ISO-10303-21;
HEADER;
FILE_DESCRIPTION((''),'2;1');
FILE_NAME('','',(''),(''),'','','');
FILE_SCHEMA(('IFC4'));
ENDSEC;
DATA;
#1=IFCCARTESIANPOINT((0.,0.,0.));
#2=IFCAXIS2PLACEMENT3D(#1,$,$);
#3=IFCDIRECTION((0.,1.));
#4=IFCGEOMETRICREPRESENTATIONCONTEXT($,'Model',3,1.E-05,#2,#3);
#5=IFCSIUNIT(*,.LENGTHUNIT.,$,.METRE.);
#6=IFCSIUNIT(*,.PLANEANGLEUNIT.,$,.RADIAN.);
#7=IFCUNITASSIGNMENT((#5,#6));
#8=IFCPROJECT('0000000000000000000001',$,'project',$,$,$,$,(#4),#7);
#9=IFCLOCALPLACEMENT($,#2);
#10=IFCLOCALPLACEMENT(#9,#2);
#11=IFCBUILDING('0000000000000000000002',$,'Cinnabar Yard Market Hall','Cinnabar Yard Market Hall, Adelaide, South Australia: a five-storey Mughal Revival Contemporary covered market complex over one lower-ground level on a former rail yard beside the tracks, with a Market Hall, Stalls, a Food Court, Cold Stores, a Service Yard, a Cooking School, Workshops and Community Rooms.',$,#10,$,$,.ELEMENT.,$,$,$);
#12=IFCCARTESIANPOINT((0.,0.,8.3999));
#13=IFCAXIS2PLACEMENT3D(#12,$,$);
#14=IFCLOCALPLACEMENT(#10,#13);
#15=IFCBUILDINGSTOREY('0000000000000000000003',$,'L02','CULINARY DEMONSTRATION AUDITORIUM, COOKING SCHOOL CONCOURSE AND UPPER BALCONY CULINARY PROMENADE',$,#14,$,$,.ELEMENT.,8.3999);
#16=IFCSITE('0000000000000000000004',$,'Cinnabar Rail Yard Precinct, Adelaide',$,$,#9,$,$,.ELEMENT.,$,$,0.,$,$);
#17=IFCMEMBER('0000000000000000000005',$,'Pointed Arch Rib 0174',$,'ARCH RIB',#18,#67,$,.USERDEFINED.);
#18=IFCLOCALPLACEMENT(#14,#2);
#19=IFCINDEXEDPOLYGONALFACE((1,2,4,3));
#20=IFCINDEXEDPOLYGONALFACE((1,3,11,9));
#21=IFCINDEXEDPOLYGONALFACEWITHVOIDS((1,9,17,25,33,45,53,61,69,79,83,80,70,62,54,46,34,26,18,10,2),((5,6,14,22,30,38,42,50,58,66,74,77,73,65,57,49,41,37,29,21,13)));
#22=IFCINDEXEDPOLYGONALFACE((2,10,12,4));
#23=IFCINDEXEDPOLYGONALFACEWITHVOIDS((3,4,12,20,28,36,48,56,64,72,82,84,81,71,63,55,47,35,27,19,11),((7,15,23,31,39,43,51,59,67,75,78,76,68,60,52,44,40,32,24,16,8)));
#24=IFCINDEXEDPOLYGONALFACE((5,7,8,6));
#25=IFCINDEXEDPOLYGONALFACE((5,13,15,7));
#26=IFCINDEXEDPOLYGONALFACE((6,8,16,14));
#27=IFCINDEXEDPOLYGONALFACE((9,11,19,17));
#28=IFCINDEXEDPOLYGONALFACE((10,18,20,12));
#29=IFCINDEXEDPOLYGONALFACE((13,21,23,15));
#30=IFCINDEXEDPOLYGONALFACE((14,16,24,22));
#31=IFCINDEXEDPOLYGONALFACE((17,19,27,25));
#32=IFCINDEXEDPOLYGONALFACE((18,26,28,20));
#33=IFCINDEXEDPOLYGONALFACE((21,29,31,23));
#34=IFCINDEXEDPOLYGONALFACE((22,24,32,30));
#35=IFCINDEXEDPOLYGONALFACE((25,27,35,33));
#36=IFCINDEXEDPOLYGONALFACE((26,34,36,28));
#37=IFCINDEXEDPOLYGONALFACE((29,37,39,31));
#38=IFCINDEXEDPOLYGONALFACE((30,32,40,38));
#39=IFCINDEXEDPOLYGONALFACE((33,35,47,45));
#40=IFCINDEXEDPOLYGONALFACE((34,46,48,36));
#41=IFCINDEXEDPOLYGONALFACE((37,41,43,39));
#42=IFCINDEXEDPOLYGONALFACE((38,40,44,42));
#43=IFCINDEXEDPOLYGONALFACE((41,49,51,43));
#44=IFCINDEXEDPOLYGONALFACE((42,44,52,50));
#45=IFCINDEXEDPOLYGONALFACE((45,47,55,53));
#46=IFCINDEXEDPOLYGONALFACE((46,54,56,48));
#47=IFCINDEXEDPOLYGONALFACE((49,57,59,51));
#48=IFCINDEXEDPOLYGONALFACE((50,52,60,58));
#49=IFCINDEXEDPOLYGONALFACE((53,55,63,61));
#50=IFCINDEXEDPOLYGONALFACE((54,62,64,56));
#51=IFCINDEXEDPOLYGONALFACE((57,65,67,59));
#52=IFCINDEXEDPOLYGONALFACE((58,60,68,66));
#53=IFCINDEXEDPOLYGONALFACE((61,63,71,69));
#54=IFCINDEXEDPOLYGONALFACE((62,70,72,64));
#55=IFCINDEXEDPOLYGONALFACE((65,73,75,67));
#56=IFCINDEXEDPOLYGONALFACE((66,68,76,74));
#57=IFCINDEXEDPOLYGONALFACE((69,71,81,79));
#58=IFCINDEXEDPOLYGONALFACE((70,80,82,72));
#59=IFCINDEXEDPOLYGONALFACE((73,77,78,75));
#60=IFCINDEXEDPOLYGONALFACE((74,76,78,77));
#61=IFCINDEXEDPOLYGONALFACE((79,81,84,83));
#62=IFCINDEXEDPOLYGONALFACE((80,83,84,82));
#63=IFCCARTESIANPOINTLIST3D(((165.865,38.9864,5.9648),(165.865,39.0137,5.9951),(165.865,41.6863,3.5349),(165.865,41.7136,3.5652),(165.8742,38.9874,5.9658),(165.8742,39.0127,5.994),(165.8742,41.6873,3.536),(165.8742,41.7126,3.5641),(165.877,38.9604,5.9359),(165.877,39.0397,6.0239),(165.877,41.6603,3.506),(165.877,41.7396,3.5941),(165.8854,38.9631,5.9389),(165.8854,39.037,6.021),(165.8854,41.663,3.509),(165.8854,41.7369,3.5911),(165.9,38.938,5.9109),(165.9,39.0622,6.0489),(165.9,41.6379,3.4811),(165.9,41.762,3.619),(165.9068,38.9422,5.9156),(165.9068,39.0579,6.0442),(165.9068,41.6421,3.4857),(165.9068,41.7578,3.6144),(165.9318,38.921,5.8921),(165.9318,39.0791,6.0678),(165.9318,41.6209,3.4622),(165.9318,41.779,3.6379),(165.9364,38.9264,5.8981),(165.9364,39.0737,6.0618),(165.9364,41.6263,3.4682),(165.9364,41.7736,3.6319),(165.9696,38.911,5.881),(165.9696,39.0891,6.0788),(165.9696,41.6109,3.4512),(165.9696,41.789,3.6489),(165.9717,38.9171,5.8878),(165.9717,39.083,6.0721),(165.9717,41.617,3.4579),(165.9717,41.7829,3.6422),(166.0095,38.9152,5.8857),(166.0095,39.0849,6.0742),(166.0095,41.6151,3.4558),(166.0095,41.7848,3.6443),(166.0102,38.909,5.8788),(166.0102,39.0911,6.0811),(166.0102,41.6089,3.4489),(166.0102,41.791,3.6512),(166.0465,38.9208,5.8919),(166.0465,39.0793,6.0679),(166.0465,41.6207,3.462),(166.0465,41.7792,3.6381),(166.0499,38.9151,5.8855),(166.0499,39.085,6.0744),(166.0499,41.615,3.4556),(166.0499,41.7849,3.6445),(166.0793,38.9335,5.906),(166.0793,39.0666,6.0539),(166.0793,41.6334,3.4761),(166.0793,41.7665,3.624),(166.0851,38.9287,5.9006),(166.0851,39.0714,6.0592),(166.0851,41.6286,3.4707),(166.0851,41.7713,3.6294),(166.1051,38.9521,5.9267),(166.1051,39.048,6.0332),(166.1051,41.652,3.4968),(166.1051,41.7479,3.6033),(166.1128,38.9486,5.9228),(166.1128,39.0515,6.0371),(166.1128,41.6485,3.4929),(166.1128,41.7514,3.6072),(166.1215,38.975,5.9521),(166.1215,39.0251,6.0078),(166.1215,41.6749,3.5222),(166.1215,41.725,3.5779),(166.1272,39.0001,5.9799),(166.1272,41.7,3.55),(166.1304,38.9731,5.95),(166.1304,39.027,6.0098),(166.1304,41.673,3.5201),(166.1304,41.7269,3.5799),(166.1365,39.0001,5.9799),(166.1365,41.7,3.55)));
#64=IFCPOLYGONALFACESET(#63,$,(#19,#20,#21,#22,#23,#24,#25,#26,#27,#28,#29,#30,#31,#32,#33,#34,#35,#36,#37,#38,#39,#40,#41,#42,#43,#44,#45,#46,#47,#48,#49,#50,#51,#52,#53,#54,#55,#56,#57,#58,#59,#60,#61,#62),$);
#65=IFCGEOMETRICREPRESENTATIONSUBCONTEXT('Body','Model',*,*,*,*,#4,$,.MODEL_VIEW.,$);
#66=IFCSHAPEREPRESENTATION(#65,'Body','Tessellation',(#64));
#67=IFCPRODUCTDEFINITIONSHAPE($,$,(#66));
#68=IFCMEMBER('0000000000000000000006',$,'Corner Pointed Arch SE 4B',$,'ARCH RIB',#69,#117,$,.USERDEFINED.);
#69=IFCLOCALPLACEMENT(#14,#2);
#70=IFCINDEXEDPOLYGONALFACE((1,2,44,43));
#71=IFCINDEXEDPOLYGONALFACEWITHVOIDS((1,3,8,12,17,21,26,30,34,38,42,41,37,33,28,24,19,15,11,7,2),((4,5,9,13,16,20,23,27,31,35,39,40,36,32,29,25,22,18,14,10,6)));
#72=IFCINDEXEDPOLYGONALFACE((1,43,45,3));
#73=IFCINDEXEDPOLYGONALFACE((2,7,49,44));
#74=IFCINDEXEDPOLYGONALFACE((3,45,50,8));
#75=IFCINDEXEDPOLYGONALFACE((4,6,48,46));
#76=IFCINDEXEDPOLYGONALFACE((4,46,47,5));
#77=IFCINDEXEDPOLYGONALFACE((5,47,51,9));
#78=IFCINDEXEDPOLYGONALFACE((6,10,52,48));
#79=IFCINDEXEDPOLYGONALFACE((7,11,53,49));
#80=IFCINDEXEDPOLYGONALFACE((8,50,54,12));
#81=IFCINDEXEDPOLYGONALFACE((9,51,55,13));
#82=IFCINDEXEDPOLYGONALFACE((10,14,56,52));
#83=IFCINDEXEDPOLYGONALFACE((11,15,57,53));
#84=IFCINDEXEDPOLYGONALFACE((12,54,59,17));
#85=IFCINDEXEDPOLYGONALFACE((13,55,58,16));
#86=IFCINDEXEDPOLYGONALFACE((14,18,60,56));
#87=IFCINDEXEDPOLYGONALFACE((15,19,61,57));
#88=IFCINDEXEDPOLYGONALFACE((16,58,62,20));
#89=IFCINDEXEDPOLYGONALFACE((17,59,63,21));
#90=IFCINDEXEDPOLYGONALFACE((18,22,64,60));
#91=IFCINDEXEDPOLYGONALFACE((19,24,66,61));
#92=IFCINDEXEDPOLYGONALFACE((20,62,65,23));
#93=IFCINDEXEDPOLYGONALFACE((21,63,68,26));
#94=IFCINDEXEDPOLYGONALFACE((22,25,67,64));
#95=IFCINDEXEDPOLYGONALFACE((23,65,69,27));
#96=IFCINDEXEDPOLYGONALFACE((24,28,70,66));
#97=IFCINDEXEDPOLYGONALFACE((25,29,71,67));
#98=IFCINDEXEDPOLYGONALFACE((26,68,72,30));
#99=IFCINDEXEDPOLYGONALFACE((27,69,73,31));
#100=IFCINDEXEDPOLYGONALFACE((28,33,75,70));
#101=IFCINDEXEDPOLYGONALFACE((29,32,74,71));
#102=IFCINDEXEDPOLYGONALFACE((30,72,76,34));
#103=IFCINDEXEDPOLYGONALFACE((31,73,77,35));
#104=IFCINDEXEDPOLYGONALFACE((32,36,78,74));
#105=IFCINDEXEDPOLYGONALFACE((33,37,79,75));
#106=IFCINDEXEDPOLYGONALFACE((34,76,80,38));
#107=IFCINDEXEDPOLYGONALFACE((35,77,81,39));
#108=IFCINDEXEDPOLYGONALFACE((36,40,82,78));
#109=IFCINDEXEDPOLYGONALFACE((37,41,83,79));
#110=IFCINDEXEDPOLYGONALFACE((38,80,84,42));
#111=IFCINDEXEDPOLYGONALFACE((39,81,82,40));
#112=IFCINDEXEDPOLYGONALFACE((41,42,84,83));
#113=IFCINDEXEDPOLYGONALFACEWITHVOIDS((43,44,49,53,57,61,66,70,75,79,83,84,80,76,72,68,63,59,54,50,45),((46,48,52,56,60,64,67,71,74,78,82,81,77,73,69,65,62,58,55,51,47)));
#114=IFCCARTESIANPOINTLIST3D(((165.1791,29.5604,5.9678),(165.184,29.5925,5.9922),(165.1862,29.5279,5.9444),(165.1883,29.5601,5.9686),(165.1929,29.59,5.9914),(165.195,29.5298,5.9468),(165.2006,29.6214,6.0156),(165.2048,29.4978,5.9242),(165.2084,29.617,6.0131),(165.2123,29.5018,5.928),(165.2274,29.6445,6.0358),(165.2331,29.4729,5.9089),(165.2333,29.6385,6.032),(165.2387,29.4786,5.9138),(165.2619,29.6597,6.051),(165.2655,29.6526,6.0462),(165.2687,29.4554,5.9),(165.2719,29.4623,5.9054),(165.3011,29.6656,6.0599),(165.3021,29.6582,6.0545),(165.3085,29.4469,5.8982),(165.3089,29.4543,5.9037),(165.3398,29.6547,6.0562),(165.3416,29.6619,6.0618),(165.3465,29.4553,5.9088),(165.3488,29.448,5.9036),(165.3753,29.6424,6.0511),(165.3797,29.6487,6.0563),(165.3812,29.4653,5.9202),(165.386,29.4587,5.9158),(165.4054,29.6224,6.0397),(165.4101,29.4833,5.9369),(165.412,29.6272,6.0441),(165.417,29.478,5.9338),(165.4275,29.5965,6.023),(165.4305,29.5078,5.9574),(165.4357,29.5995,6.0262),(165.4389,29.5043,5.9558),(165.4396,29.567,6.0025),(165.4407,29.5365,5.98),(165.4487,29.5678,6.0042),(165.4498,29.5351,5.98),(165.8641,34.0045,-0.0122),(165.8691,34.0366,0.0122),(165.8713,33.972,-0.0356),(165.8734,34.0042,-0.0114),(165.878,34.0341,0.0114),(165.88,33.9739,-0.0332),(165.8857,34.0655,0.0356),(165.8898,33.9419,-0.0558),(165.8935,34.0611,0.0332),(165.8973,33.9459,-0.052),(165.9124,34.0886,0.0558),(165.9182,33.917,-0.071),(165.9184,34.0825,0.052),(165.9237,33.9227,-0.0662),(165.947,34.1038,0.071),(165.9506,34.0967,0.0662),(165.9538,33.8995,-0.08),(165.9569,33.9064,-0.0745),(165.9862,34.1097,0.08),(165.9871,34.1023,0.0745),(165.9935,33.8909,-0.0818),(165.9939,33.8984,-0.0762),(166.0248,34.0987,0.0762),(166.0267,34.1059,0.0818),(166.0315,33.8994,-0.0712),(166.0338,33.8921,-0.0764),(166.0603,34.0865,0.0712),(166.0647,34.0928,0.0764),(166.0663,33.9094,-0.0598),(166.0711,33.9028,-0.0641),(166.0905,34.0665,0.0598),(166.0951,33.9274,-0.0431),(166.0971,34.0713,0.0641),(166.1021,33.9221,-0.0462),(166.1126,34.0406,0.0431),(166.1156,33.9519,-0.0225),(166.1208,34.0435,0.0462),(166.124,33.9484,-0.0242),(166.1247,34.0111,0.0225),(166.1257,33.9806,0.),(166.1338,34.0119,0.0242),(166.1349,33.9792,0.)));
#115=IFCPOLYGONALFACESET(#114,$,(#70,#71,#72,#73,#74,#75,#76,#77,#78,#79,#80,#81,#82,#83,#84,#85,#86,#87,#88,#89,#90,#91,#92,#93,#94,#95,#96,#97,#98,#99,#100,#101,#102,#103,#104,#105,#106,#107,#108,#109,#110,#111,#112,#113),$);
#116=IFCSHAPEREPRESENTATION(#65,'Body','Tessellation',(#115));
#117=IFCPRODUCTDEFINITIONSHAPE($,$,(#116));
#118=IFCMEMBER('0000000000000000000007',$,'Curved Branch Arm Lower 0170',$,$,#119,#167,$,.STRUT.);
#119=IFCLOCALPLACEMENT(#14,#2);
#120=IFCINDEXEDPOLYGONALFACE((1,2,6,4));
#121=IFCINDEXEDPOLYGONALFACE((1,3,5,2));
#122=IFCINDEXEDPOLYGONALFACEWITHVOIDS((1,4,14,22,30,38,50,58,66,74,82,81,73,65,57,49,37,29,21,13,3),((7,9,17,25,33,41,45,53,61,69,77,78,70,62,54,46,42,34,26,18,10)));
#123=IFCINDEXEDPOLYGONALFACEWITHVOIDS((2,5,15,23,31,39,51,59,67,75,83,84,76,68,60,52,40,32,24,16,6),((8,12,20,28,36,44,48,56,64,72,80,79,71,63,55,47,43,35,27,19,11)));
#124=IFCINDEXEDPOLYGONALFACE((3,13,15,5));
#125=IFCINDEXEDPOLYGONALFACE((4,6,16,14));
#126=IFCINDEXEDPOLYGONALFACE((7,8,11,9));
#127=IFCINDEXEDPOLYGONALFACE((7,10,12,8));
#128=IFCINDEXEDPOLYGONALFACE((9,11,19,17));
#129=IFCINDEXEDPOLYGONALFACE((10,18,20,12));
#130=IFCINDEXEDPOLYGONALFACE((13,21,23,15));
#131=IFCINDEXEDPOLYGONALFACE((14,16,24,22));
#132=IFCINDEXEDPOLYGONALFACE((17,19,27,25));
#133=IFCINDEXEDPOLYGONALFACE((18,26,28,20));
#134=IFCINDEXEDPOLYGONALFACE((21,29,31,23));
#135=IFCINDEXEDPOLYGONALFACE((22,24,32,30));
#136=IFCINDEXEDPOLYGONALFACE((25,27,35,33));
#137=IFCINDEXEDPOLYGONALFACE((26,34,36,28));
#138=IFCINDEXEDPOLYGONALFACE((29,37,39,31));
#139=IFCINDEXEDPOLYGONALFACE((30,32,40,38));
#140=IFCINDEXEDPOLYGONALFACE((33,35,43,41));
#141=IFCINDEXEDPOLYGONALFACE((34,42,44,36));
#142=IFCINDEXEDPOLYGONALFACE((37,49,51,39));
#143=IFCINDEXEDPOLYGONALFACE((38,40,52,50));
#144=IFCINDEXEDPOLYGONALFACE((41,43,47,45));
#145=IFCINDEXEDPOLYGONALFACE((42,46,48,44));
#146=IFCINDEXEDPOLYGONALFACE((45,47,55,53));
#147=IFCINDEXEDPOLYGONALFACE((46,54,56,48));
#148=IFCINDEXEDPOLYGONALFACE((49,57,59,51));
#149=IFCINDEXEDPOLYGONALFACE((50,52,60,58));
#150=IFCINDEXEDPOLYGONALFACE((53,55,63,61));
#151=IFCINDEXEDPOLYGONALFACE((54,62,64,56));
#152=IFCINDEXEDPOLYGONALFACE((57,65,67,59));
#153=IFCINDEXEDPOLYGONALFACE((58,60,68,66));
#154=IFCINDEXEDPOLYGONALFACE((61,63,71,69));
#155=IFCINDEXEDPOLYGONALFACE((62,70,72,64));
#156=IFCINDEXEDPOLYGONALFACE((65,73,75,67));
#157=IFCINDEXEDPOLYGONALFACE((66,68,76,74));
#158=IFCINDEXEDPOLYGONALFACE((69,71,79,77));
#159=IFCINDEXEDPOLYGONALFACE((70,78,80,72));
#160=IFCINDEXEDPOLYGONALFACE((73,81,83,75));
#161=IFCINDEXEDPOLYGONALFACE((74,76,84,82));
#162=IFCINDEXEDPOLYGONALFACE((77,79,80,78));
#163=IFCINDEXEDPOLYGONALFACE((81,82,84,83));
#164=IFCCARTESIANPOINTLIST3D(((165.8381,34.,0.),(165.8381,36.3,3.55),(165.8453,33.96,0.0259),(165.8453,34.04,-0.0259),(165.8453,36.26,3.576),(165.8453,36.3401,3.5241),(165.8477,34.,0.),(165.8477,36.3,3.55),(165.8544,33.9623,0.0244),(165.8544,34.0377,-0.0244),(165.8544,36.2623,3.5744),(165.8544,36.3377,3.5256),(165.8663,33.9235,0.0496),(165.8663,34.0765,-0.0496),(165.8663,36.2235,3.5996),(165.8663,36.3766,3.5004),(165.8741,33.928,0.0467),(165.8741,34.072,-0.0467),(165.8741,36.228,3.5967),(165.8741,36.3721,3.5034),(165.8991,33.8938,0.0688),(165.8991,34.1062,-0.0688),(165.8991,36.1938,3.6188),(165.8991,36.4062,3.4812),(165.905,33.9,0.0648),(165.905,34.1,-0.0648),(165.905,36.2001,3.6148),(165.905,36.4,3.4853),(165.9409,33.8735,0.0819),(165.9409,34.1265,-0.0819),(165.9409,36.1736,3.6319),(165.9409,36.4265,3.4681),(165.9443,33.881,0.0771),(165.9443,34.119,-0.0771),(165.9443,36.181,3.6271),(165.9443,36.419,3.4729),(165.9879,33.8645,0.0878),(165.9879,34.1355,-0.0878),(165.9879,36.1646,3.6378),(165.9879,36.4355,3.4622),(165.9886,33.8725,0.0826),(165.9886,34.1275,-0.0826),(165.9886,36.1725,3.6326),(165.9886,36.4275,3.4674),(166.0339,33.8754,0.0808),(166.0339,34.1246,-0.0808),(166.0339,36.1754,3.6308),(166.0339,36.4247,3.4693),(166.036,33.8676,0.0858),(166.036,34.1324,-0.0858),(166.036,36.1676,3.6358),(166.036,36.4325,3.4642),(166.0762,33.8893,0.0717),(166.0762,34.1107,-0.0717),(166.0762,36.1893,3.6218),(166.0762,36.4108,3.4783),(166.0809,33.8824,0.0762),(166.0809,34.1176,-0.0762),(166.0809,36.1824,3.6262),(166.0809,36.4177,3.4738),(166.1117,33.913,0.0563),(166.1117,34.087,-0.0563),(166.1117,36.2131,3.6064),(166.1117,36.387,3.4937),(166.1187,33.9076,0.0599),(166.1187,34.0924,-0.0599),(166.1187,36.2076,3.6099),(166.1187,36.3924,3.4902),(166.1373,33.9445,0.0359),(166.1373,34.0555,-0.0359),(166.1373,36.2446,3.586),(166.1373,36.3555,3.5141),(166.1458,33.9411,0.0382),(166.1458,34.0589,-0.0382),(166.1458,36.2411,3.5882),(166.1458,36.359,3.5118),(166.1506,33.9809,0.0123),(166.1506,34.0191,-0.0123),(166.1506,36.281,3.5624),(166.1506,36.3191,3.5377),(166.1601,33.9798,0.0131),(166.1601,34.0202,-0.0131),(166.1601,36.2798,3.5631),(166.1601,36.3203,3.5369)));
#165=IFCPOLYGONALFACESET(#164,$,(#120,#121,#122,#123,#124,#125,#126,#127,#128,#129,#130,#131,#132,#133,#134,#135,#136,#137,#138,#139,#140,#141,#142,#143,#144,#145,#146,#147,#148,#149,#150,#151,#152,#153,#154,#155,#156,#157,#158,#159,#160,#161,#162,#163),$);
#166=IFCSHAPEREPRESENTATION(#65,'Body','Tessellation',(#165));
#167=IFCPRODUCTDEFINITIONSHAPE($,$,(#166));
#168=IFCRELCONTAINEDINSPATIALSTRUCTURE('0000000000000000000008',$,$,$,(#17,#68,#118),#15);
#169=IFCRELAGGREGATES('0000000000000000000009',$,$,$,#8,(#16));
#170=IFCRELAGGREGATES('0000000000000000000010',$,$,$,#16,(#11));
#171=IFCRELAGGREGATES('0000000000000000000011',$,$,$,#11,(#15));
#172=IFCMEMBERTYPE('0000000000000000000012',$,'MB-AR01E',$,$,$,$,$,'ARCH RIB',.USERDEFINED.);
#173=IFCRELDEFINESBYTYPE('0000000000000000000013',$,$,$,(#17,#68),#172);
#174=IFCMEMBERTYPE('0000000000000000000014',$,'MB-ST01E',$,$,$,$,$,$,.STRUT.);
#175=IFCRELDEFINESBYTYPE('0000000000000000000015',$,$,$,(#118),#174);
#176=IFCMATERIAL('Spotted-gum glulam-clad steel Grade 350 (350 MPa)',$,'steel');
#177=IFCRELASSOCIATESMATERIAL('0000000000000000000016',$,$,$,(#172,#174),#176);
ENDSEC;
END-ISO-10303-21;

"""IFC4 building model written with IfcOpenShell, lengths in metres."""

from ifc_helpers import new_model, si_unit, direction, frame, origin, origin_2d_with_axis, place, context, subcontext, project, spatial, hollow_circle, extrude, material, material_profile, profile_set, type_object, element, save


model = new_model("IFC4")

# Units and contexts
model_context = context("Model", 3, precision=1e-05, world=origin(), true_north=direction((0.0, 1.0)))
body_context = subcontext(model_context, "Body", "Model", "MODEL_VIEW")
ifc_project = project(units=[si_unit("LENGTHUNIT", "METRE"), si_unit("PLANEANGLEUNIT", "RADIAN")], contexts=[model_context])

# Site, building, storey
site_placement = place(None, origin())
site = spatial("IfcSite", under=ifc_project, at=site_placement, Name="Cinnabar Rail Yard Precinct, Adelaide", CompositionType="ELEMENT", RefElevation=0.0)
building_placement = place(site_placement, origin())
building = spatial("IfcBuilding", under=site, at=building_placement, Name="Cinnabar Yard Market Hall", Description="Cinnabar Yard Market Hall, Adelaide, South Australia: a five-storey Mughal Revival Contemporary covered market complex over one lower-ground level on a former rail yard beside the tracks, with a Market Hall, Stalls, a Food Court, Cold Stores, a Service Yard, a Cooking School, Workshops and Community Rooms.", CompositionType="ELEMENT")
storey_placement = place(building_placement, frame((0.0, 0.0, 8.3999)))
storey = spatial("IfcBuildingStorey", under=building, at=storey_placement, Name="L02", Description="CULINARY DEMONSTRATION AUDITORIUM, COOKING SCHOOL CONCOURSE AND UPPER BALCONY CULINARY PROMENADE", CompositionType="ELEMENT", Elevation=8.3999)

# Shared definitions
ifc_material_1 = material(Name="Spotted-gum glulam-clad steel Grade 350 (350 MPa)", Category="steel")

# Members
ifc_material_profile_1 = material_profile(ifc_material_1, hollow_circle(Radius=0.1365, WallThickness=0.0093, at=origin_2d_with_axis()), Name="273.1x9.3CHS")
ifc_profile_set_1 = profile_set([ifc_material_profile_1], Name="Spotted-gum glulam-clad steel Grade 350 (350 MPa)")
member_type_1 = type_object("IfcMemberType", Name="MB-AR01E", ElementType="ARCH RIB", PredefinedType="USERDEFINED", material=ifc_profile_set_1)
for number, where, z_axis, x_axis, name in (
    (1, (166.0, 41.7, 3.55), (0.0, -0.743297, 0.668961), (1.0, 0.0, 0.0), "Pointed Arch Rib 0174"),
):
    element("IfcMember", number, at=place(storey_placement, frame(where, z_axis=z_axis, x_axis=x_axis)), inside=storey, type_object=member_type_1, Name=name, ObjectType="ARCH RIB", PredefinedType="USERDEFINED", context=body_context, shape_type="SweptSolid", body=[
        extrude(hollow_circle(Radius=0.1365, WallThickness=0.0093, at=origin_2d_with_axis()), origin(), (0.0, 0.0, 1.0), 3.6323),
    ])
member_1_placement = place(storey_placement, frame((166.0, 34.0, 0.0), z_axis=(-0.091562, -0.593976, 0.799255), x_axis=(0.988326, -0.152351, 0.0)))
element("IfcMember", 2, at=member_1_placement, inside=storey, type_object=member_type_1, Name="Corner Pointed Arch SE 4B", ObjectType="ARCH RIB", PredefinedType="USERDEFINED", context=body_context, shape_type="SweptSolid", body=[
    extrude(hollow_circle(Radius=0.1365, WallThickness=0.0093, at=origin_2d_with_axis()), origin(), (0.0, 0.0, 1.0), 7.4819),
])
ifc_material_profile_2 = material_profile(ifc_material_1, hollow_circle(Radius=0.1619, WallThickness=0.0095, at=origin_2d_with_axis()), Name="323.9x9.5CHS")
ifc_profile_set_2 = profile_set([ifc_material_profile_2], Name="Spotted-gum glulam-clad steel Grade 350 (350 MPa)")
member_type_2 = type_object("IfcMemberType", Name="MB-ST01E", PredefinedType="STRUT", material=ifc_profile_set_2)
member_2_placement = place(storey_placement, frame((166.0, 34.0, 0.0), z_axis=(0.0, 0.543744, 0.839251), x_axis=(-1.0, 0.0, 0.0)))
element("IfcMember", 3, at=member_2_placement, inside=storey, type_object=member_type_2, Name="Curved Branch Arm Lower 0170", PredefinedType="STRUT", context=body_context, shape_type="SweptSolid", body=[
    extrude(hollow_circle(Radius=0.1619, WallThickness=0.0095, at=origin_2d_with_axis()), origin(), (0.0, 0.0, 1.0), 4.23),
])

save(model, "model.ifc")
